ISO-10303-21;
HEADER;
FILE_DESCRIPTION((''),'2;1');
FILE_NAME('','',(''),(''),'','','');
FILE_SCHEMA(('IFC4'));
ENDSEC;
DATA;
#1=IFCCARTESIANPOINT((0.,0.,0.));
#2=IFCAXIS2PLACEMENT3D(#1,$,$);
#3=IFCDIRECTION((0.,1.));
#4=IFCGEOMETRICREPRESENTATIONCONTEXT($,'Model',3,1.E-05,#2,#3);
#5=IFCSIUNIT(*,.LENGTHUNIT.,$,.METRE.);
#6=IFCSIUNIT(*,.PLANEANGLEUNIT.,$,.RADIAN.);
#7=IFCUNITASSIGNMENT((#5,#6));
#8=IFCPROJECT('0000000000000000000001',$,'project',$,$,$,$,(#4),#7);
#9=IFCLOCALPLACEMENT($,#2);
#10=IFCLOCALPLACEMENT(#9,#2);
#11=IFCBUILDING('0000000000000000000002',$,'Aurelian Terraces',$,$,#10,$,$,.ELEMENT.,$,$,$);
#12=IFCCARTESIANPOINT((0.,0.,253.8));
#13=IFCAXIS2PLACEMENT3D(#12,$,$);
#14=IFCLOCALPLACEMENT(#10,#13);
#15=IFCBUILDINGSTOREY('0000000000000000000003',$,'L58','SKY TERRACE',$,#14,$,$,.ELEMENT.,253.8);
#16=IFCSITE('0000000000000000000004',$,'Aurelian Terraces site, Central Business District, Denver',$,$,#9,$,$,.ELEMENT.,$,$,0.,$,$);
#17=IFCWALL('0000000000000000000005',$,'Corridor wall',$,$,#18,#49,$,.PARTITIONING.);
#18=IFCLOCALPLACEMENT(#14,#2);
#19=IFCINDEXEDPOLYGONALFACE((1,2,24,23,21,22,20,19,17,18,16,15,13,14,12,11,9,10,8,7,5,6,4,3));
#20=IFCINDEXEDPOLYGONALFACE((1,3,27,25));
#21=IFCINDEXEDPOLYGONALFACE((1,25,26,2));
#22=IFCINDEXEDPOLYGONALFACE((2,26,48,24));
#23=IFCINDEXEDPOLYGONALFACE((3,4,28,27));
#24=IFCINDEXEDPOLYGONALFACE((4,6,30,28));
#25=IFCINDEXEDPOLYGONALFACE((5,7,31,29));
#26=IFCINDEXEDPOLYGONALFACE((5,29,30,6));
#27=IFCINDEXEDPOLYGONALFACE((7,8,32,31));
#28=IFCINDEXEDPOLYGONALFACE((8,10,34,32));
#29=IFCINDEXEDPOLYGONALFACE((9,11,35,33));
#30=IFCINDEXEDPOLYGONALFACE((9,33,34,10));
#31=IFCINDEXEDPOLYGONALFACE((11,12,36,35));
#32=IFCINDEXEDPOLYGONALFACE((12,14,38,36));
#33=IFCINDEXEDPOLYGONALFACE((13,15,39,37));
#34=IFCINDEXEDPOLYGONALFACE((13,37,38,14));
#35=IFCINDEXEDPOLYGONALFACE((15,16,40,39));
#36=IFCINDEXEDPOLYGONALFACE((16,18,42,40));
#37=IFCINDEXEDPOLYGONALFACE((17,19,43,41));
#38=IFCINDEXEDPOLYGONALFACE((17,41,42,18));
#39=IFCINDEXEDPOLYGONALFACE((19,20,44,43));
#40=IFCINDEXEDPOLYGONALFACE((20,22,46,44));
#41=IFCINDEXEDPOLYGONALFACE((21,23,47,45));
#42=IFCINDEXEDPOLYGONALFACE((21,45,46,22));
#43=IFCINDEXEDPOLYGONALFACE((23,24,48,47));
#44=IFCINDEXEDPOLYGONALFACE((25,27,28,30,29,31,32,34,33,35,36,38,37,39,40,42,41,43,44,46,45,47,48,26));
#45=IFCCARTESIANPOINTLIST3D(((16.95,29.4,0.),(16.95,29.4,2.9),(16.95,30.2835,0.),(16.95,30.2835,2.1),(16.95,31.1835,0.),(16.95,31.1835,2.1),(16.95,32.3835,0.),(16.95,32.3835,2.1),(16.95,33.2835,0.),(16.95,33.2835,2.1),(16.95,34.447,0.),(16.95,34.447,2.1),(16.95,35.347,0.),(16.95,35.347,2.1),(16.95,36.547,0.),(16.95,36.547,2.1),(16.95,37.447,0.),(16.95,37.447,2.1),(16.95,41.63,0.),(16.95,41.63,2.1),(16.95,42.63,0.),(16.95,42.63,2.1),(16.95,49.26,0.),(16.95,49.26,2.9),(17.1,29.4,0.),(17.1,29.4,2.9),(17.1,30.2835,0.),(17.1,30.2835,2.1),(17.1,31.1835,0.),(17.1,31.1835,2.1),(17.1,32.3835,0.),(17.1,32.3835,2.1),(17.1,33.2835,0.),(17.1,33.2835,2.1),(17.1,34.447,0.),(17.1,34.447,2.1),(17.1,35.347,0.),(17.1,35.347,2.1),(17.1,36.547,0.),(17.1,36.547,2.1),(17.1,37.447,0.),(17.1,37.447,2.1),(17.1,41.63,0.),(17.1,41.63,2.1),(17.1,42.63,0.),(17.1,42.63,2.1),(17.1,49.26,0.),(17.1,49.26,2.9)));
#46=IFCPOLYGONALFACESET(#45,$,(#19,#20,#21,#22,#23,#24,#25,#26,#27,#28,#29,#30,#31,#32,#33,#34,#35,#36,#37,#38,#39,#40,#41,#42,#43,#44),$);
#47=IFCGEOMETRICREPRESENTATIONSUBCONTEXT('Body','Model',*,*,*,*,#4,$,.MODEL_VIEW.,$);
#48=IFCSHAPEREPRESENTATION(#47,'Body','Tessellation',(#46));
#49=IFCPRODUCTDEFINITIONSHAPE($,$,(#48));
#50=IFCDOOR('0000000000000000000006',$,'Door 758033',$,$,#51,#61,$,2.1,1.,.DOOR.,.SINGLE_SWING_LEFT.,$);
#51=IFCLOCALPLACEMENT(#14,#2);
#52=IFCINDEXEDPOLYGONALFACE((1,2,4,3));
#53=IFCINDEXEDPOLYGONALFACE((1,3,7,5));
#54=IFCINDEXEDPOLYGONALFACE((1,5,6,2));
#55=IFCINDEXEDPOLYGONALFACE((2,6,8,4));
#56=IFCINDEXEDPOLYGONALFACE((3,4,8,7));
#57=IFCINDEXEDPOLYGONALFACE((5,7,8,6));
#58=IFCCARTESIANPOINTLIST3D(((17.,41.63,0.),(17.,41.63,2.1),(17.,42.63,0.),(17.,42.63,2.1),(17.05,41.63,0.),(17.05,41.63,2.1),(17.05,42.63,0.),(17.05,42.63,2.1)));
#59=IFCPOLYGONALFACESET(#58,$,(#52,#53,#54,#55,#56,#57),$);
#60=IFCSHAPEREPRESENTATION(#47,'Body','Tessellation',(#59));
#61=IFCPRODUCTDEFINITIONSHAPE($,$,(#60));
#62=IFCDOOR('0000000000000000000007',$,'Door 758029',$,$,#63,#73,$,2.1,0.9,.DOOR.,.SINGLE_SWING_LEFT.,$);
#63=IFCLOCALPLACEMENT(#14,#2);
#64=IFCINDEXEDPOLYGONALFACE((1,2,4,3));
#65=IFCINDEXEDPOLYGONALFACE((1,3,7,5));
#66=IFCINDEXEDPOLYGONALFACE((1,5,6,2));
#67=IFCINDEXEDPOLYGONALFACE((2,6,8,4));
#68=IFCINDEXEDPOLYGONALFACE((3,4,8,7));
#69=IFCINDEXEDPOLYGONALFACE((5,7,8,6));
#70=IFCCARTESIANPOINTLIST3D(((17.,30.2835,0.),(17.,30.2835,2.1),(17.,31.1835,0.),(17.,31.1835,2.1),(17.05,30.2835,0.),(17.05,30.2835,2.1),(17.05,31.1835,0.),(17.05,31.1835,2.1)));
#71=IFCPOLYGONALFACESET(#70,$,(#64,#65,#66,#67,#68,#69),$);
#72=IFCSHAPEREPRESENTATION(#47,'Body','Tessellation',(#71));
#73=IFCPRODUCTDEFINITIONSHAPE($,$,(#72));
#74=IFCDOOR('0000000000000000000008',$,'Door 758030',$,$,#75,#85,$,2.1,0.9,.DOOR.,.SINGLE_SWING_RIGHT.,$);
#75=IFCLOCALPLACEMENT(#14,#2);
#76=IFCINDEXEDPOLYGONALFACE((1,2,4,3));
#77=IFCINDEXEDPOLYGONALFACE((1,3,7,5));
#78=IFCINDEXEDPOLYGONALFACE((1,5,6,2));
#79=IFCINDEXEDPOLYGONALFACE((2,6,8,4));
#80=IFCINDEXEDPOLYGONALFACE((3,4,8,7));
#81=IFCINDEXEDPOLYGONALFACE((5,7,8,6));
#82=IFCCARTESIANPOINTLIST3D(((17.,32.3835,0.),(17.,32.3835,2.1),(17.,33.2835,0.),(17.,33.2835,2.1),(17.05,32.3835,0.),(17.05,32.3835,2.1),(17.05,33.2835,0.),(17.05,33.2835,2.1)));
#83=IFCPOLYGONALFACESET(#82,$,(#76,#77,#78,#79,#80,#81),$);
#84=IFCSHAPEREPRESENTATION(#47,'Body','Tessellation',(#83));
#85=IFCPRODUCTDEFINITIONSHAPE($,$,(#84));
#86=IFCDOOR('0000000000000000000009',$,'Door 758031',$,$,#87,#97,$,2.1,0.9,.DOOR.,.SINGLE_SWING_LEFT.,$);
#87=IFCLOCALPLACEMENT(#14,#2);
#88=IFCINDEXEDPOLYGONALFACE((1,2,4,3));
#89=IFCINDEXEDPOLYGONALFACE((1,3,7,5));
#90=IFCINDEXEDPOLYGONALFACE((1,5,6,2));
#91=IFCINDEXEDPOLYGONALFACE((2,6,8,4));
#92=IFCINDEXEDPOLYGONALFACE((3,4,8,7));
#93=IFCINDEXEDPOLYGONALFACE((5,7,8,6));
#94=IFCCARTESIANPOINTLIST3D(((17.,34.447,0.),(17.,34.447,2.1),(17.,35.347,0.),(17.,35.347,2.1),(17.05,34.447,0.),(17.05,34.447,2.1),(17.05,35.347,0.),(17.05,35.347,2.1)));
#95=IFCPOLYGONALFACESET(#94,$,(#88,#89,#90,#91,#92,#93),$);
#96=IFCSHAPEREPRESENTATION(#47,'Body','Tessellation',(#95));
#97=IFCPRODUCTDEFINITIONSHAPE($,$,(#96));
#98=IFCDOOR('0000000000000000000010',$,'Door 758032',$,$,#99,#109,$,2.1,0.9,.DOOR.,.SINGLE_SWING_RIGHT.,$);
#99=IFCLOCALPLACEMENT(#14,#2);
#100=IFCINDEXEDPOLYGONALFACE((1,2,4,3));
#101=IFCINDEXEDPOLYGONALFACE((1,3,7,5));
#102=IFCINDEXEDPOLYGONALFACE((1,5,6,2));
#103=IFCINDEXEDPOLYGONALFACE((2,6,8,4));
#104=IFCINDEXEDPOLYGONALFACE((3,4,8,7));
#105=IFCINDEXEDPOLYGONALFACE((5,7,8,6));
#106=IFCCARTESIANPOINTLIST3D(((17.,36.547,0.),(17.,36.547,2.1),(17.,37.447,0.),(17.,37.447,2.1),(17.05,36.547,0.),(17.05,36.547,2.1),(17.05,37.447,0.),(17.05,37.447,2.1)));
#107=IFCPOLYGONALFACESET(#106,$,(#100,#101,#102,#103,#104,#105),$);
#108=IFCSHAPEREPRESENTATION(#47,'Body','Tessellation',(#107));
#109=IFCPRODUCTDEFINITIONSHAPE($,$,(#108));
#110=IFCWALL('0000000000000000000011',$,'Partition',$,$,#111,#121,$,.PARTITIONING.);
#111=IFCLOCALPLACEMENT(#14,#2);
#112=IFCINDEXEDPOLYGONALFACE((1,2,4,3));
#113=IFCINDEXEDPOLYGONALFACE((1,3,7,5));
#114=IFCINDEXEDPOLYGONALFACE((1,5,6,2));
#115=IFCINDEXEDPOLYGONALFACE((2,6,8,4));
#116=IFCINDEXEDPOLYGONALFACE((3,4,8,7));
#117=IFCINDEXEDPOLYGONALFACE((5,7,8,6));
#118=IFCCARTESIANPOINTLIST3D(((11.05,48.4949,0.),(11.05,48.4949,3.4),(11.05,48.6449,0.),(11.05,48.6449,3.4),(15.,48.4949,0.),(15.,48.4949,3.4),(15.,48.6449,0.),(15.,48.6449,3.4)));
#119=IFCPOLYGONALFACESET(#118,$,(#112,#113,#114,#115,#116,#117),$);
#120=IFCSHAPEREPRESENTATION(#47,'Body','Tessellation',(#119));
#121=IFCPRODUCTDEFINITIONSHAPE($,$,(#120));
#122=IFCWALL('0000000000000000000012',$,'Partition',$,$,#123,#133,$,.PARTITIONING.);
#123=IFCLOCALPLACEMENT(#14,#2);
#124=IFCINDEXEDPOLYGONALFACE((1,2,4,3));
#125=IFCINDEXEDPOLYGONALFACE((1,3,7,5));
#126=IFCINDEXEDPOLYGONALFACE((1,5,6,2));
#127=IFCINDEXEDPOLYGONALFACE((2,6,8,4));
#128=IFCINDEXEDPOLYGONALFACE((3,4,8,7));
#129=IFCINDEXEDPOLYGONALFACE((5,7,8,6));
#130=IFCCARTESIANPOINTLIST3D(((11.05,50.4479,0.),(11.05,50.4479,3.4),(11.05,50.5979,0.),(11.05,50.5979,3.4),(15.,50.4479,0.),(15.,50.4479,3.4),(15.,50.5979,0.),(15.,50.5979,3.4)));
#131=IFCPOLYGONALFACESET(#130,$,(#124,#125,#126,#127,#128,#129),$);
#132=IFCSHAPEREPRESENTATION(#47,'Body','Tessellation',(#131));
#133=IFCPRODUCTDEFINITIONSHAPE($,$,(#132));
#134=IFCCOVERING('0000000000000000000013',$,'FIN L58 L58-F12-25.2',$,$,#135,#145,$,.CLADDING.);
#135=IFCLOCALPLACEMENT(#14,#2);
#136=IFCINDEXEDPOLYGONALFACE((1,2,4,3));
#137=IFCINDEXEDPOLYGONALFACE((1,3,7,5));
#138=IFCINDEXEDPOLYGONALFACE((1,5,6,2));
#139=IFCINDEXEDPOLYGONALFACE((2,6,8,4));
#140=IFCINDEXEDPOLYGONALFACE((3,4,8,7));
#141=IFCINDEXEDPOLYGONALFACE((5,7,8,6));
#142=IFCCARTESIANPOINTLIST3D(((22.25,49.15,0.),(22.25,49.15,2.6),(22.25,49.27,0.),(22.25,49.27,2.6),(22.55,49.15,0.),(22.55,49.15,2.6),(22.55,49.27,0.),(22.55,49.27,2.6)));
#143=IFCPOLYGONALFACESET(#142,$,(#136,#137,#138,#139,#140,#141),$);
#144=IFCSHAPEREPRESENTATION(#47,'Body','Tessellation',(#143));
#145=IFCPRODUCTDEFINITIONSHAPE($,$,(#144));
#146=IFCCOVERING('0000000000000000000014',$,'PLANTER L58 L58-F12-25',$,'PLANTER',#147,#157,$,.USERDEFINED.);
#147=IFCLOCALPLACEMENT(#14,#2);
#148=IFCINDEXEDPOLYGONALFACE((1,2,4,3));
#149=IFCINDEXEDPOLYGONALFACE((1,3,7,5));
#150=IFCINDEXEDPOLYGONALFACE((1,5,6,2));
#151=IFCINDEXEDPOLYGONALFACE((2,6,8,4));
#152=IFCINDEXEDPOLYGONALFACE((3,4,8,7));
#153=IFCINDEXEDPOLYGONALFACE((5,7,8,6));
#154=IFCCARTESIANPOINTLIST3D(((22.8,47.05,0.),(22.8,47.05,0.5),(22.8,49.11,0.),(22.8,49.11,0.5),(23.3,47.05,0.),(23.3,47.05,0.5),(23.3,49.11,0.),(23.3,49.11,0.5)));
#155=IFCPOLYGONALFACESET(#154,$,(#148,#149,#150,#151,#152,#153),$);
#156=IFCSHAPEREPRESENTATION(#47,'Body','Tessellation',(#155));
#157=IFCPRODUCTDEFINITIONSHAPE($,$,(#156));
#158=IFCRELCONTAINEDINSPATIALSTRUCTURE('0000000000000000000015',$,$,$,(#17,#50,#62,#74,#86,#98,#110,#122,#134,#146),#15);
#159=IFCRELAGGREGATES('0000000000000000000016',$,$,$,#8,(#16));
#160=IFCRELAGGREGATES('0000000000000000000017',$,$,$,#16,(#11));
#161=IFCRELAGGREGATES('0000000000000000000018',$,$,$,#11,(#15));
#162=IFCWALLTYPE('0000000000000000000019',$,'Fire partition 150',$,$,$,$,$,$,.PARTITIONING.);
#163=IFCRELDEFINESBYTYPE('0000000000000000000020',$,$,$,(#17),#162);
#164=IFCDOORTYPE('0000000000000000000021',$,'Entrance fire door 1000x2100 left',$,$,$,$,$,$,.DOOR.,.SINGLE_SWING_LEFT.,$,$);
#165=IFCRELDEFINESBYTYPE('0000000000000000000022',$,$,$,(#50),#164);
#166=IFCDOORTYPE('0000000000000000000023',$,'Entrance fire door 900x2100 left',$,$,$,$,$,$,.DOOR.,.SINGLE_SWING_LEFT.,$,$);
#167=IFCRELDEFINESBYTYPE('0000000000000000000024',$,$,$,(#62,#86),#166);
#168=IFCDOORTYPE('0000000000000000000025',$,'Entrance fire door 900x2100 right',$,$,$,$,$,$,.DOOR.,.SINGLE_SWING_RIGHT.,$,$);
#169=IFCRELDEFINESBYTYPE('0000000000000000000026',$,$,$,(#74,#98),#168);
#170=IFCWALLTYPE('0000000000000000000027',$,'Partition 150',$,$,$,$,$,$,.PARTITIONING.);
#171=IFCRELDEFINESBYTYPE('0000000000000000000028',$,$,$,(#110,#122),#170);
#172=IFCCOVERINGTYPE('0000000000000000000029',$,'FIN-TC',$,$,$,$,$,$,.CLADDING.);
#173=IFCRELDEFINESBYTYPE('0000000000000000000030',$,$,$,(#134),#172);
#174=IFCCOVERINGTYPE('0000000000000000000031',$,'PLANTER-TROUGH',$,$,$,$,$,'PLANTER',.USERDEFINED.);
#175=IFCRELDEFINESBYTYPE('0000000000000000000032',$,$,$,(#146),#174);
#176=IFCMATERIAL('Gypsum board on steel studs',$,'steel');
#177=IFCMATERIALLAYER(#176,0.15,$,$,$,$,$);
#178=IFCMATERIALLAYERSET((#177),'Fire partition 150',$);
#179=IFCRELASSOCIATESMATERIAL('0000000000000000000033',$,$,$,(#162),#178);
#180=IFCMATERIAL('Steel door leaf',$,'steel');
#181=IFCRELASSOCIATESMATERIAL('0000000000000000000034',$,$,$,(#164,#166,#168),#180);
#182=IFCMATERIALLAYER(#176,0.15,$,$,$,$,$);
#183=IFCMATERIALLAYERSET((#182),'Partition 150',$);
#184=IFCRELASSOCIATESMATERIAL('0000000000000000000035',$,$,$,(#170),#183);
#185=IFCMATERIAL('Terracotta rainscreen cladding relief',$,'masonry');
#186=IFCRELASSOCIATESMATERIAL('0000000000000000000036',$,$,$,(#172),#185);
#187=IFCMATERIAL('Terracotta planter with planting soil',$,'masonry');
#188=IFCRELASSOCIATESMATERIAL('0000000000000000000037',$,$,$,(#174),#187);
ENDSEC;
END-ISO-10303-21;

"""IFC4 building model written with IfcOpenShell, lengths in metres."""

from ifc_helpers import new_model, si_unit, direction, frame, frame_2d, origin, origin_2d, place, context, subcontext, project, spatial, rectangle, extrude, source, transform, mapped, material, layer, layer_set, type_object, element, fill, save


model = new_model("IFC4")

# Units and contexts
model_context = context("Model", 3, precision=1e-05, world=origin(), true_north=direction((0.0, 1.0)))
body_context = subcontext(model_context, "Body", "Model", "MODEL_VIEW")
ifc_project = project(units=[si_unit("LENGTHUNIT", "METRE"), si_unit("PLANEANGLEUNIT", "RADIAN")], contexts=[model_context])

# Site, building, storey
site_placement = place(None, origin())
site = spatial("IfcSite", under=ifc_project, at=site_placement, Name="Aurelian Terraces site, Central Business District, Denver", CompositionType="ELEMENT", RefElevation=0.0)
building_placement = place(site_placement, origin())
building = spatial("IfcBuilding", under=site, at=building_placement, Name="Aurelian Terraces", CompositionType="ELEMENT")
storey_placement = place(building_placement, frame((0.0, 0.0, 253.8)))
storey = spatial("IfcBuildingStorey", under=building, at=storey_placement, Name="L58", Description="SKY TERRACE", CompositionType="ELEMENT", Elevation=253.8)

# Wall, openings, doors
ifc_material_1 = material(Name="Gypsum board on steel studs", Category="steel")
ifc_layer_1 = layer(ifc_material_1, 0.15)
ifc_layer_set_1 = layer_set([ifc_layer_1], Name="Fire partition 150")
wall_type_1 = type_object("IfcWallType", Name="Fire partition 150", PredefinedType="PARTITIONING", material=ifc_layer_set_1)
shared_shape_1 = source(origin(), body_context, "Body", "SweptSolid", [
    extrude(rectangle(XDim=19.86, YDim=0.15, at=frame_2d((9.93, 0.0))), origin(), (0.0, 0.0, 1.0), 2.9),
])
wall_1_placement = place(storey_placement, frame((17.025, 49.26, 0.0), z_axis=(0.0, 0.0, 1.0), x_axis=(0.0, -1.0, 0.0)))
wall_1 = element("IfcWall", 1, at=wall_1_placement, inside=storey, type_object=wall_type_1, Name="Corridor wall", PredefinedType="PARTITIONING", context=body_context, shape_type="MappedRepresentation", body=[
    mapped(shared_shape_1, transform((0.0, 0.0, 0.0), scale=1.0)),
])
shared_shape_2 = source(origin(), body_context, "Body", "SweptSolid", [
    extrude(rectangle(XDim=0.9, YDim=2.1, at=frame_2d((0.45, 1.05))), frame((0.0, 0.085, 0.0), z_axis=(0.0, -1.0, 0.0), x_axis=(1.0, 0.0, 0.0)), (0.0, 0.0, 1.0), 0.17),
])
opening_1_placement = place(wall_1_placement, frame((18.0765, 0.0, 0.0)))
opening_1 = element("IfcOpeningElement", 2, at=opening_1_placement, cuts=wall_1, PredefinedType="OPENING", context=body_context, shape_type="MappedRepresentation", body=[
    mapped(shared_shape_2, transform((0.0, 0.0, 0.0), scale=1.0)),
])
opening_2_placement = place(wall_1_placement, frame((15.9765, 0.0, 0.0)))
opening_2 = element("IfcOpeningElement", 3, at=opening_2_placement, cuts=wall_1, PredefinedType="OPENING", context=body_context, shape_type="MappedRepresentation", body=[
    mapped(shared_shape_2, transform((0.0, 0.0, 0.0), scale=1.0)),
])
opening_3_placement = place(wall_1_placement, frame((13.913, 0.0, 0.0)))
opening_3 = element("IfcOpeningElement", 4, at=opening_3_placement, cuts=wall_1, PredefinedType="OPENING", context=body_context, shape_type="MappedRepresentation", body=[
    mapped(shared_shape_2, transform((0.0, 0.0, 0.0), scale=1.0)),
])
opening_4_placement = place(wall_1_placement, frame((11.813, 0.0, 0.0)))
opening_4 = element("IfcOpeningElement", 5, at=opening_4_placement, cuts=wall_1, PredefinedType="OPENING", context=body_context, shape_type="MappedRepresentation", body=[
    mapped(shared_shape_2, transform((0.0, 0.0, 0.0), scale=1.0)),
])
shared_shape_3 = source(origin(), body_context, "Body", "SweptSolid", [
    extrude(rectangle(XDim=1.0, YDim=2.1, at=frame_2d((0.5, 1.05))), frame((0.0, 0.085, 0.0), z_axis=(0.0, -1.0, 0.0), x_axis=(1.0, 0.0, 0.0)), (0.0, 0.0, 1.0), 0.17),
])
opening_5_placement = place(wall_1_placement, frame((6.63, 0.0, 0.0)))
opening_5 = element("IfcOpeningElement", 6, at=opening_5_placement, cuts=wall_1, PredefinedType="OPENING", context=body_context, shape_type="MappedRepresentation", body=[
    mapped(shared_shape_3, transform((0.0, 0.0, 0.0), scale=1.0)),
])
ifc_material_2 = material(Name="Steel door leaf", Category="steel")
door_type_1 = type_object("IfcDoorType", Name="Entrance fire door 1000x2100 left", OperationType="SINGLE_SWING_LEFT", PredefinedType="DOOR", material=ifc_material_2)
shared_shape_4 = source(origin(), body_context, "Body", "SweptSolid", [
    extrude(rectangle(XDim=1.0, YDim=2.1, at=frame_2d((0.5, 1.05))), frame((0.0, 0.025, 0.0), z_axis=(0.0, -1.0, 0.0), x_axis=(1.0, 0.0, 0.0)), (0.0, 0.0, 1.0), 0.05),
])
door_1_placement = place(opening_5_placement, origin())
door_1 = element("IfcDoor", 7, at=door_1_placement, inside=storey, type_object=door_type_1, Name="Door 758033", OperationType="SINGLE_SWING_LEFT", OverallHeight=2.1, OverallWidth=1.0, PredefinedType="DOOR", context=body_context, shape_type="MappedRepresentation", body=[
    mapped(shared_shape_4, transform((0.0, 0.0, 0.0), scale=1.0)),
])
fill(opening_5, door_1)
door_type_2 = type_object("IfcDoorType", Name="Entrance fire door 900x2100 left", OperationType="SINGLE_SWING_LEFT", PredefinedType="DOOR", material=ifc_material_2)
shared_shape_5 = source(origin(), body_context, "Body", "SweptSolid", [
    extrude(rectangle(XDim=0.9, YDim=2.1, at=frame_2d((0.45, 1.05))), frame((0.0, 0.025, 0.0), z_axis=(0.0, -1.0, 0.0), x_axis=(1.0, 0.0, 0.0)), (0.0, 0.0, 1.0), 0.05),
])
door_2_placement = place(opening_1_placement, origin())
door_2 = element("IfcDoor", 8, at=door_2_placement, inside=storey, type_object=door_type_2, Name="Door 758029", OperationType="SINGLE_SWING_LEFT", OverallHeight=2.1, OverallWidth=0.9, PredefinedType="DOOR", context=body_context, shape_type="MappedRepresentation", body=[
    mapped(shared_shape_5, transform((0.0, 0.0, 0.0), scale=1.0)),
])
fill(opening_1, door_2)
door_type_3 = type_object("IfcDoorType", Name="Entrance fire door 900x2100 right", OperationType="SINGLE_SWING_RIGHT", PredefinedType="DOOR", material=ifc_material_2)
door_3_placement = place(opening_2_placement, origin())
door_3 = element("IfcDoor", 9, at=door_3_placement, inside=storey, type_object=door_type_3, Name="Door 758030", OperationType="SINGLE_SWING_RIGHT", OverallHeight=2.1, OverallWidth=0.9, PredefinedType="DOOR", context=body_context, shape_type="MappedRepresentation", body=[
    mapped(shared_shape_5, transform((0.0, 0.0, 0.0), scale=1.0)),
])
fill(opening_2, door_3)
door_4_placement = place(opening_3_placement, origin())
door_4 = element("IfcDoor", 10, at=door_4_placement, inside=storey, type_object=door_type_2, Name="Door 758031", OperationType="SINGLE_SWING_LEFT", OverallHeight=2.1, OverallWidth=0.9, PredefinedType="DOOR", context=body_context, shape_type="MappedRepresentation", body=[
    mapped(shared_shape_5, transform((0.0, 0.0, 0.0), scale=1.0)),
])
fill(opening_3, door_4)
door_5_placement = place(opening_4_placement, origin())
door_5 = element("IfcDoor", 11, at=door_5_placement, inside=storey, type_object=door_type_3, Name="Door 758032", OperationType="SINGLE_SWING_RIGHT", OverallHeight=2.1, OverallWidth=0.9, PredefinedType="DOOR", context=body_context, shape_type="MappedRepresentation", body=[
    mapped(shared_shape_5, transform((0.0, 0.0, 0.0), scale=1.0)),
])
fill(opening_4, door_5)

# Walls
ifc_layer_2 = layer(ifc_material_1, 0.15)
ifc_layer_set_2 = layer_set([ifc_layer_2], Name="Partition 150")
wall_type_2 = type_object("IfcWallType", Name="Partition 150", PredefinedType="PARTITIONING", material=ifc_layer_set_2)
shared_shape_6 = source(origin(), body_context, "Body", "SweptSolid", [
    extrude(rectangle(XDim=3.95, YDim=0.15, at=frame_2d((1.975, 0.0))), origin(), (0.0, 0.0, 1.0), 3.4),
])
for number, where, z_axis, x_axis, name in (
    (12, (15.0, 48.5699, 0.0), (0.0, 0.0, 1.0), (-1.0, 0.0, 0.0), "Partition"),
    (13, (15.0, 50.5229, 0.0), (0.0, 0.0, 1.0), (-1.0, 0.0, 0.0), "Partition"),
):
    element("IfcWall", number, at=place(storey_placement, frame(where, z_axis=z_axis, x_axis=x_axis)), inside=storey, type_object=wall_type_2, Name=name, PredefinedType="PARTITIONING", context=body_context, shape_type="MappedRepresentation", body=[
        mapped(shared_shape_6, transform((0.0, 0.0, 0.0), scale=1.0)),
    ])

# Coverings
ifc_material_3 = material(Name="Terracotta rainscreen cladding relief", Category="masonry")
covering_type_1 = type_object("IfcCoveringType", Name="FIN-TC", PredefinedType="CLADDING", material=ifc_material_3)
shared_shape_7 = source(origin(), body_context, "Body", "SweptSolid", [
    extrude(rectangle(XDim=0.3, YDim=0.12, at=origin_2d()), origin(), (0.0, 0.0, 1.0), 2.6),
])
covering_1_placement = place(storey_placement, frame((22.4, 49.21, 0.0), z_axis=(0.0, 0.0, 1.0), x_axis=(1.0, 0.0, 0.0)))
element("IfcCovering", 14, at=covering_1_placement, inside=storey, type_object=covering_type_1, Name="FIN L58 L58-F12-25.2", PredefinedType="CLADDING", context=body_context, shape_type="MappedRepresentation", body=[
    mapped(shared_shape_7, transform((0.0, 0.0, 0.0), scale=1.0)),
])
ifc_material_4 = material(Name="Terracotta planter with planting soil", Category="masonry")
covering_type_2 = type_object("IfcCoveringType", Name="PLANTER-TROUGH", ElementType="PLANTER", PredefinedType="USERDEFINED", material=ifc_material_4)
shared_shape_8 = source(origin(), body_context, "Body", "SweptSolid", [
    extrude(rectangle(XDim=0.5, YDim=2.06, at=origin_2d()), origin(), (0.0, 0.0, 1.0), 0.5),
])
covering_2_placement = place(storey_placement, frame((23.05, 48.08, 0.0), z_axis=(0.0, 0.0, 1.0), x_axis=(1.0, 0.0, 0.0)))
element("IfcCovering", 15, at=covering_2_placement, inside=storey, type_object=covering_type_2, Name="PLANTER L58 L58-F12-25", ObjectType="PLANTER", PredefinedType="USERDEFINED", context=body_context, shape_type="MappedRepresentation", body=[
    mapped(shared_shape_8, transform((0.0, 0.0, 0.0), scale=1.0)),
])

save(model, "model.ifc")
